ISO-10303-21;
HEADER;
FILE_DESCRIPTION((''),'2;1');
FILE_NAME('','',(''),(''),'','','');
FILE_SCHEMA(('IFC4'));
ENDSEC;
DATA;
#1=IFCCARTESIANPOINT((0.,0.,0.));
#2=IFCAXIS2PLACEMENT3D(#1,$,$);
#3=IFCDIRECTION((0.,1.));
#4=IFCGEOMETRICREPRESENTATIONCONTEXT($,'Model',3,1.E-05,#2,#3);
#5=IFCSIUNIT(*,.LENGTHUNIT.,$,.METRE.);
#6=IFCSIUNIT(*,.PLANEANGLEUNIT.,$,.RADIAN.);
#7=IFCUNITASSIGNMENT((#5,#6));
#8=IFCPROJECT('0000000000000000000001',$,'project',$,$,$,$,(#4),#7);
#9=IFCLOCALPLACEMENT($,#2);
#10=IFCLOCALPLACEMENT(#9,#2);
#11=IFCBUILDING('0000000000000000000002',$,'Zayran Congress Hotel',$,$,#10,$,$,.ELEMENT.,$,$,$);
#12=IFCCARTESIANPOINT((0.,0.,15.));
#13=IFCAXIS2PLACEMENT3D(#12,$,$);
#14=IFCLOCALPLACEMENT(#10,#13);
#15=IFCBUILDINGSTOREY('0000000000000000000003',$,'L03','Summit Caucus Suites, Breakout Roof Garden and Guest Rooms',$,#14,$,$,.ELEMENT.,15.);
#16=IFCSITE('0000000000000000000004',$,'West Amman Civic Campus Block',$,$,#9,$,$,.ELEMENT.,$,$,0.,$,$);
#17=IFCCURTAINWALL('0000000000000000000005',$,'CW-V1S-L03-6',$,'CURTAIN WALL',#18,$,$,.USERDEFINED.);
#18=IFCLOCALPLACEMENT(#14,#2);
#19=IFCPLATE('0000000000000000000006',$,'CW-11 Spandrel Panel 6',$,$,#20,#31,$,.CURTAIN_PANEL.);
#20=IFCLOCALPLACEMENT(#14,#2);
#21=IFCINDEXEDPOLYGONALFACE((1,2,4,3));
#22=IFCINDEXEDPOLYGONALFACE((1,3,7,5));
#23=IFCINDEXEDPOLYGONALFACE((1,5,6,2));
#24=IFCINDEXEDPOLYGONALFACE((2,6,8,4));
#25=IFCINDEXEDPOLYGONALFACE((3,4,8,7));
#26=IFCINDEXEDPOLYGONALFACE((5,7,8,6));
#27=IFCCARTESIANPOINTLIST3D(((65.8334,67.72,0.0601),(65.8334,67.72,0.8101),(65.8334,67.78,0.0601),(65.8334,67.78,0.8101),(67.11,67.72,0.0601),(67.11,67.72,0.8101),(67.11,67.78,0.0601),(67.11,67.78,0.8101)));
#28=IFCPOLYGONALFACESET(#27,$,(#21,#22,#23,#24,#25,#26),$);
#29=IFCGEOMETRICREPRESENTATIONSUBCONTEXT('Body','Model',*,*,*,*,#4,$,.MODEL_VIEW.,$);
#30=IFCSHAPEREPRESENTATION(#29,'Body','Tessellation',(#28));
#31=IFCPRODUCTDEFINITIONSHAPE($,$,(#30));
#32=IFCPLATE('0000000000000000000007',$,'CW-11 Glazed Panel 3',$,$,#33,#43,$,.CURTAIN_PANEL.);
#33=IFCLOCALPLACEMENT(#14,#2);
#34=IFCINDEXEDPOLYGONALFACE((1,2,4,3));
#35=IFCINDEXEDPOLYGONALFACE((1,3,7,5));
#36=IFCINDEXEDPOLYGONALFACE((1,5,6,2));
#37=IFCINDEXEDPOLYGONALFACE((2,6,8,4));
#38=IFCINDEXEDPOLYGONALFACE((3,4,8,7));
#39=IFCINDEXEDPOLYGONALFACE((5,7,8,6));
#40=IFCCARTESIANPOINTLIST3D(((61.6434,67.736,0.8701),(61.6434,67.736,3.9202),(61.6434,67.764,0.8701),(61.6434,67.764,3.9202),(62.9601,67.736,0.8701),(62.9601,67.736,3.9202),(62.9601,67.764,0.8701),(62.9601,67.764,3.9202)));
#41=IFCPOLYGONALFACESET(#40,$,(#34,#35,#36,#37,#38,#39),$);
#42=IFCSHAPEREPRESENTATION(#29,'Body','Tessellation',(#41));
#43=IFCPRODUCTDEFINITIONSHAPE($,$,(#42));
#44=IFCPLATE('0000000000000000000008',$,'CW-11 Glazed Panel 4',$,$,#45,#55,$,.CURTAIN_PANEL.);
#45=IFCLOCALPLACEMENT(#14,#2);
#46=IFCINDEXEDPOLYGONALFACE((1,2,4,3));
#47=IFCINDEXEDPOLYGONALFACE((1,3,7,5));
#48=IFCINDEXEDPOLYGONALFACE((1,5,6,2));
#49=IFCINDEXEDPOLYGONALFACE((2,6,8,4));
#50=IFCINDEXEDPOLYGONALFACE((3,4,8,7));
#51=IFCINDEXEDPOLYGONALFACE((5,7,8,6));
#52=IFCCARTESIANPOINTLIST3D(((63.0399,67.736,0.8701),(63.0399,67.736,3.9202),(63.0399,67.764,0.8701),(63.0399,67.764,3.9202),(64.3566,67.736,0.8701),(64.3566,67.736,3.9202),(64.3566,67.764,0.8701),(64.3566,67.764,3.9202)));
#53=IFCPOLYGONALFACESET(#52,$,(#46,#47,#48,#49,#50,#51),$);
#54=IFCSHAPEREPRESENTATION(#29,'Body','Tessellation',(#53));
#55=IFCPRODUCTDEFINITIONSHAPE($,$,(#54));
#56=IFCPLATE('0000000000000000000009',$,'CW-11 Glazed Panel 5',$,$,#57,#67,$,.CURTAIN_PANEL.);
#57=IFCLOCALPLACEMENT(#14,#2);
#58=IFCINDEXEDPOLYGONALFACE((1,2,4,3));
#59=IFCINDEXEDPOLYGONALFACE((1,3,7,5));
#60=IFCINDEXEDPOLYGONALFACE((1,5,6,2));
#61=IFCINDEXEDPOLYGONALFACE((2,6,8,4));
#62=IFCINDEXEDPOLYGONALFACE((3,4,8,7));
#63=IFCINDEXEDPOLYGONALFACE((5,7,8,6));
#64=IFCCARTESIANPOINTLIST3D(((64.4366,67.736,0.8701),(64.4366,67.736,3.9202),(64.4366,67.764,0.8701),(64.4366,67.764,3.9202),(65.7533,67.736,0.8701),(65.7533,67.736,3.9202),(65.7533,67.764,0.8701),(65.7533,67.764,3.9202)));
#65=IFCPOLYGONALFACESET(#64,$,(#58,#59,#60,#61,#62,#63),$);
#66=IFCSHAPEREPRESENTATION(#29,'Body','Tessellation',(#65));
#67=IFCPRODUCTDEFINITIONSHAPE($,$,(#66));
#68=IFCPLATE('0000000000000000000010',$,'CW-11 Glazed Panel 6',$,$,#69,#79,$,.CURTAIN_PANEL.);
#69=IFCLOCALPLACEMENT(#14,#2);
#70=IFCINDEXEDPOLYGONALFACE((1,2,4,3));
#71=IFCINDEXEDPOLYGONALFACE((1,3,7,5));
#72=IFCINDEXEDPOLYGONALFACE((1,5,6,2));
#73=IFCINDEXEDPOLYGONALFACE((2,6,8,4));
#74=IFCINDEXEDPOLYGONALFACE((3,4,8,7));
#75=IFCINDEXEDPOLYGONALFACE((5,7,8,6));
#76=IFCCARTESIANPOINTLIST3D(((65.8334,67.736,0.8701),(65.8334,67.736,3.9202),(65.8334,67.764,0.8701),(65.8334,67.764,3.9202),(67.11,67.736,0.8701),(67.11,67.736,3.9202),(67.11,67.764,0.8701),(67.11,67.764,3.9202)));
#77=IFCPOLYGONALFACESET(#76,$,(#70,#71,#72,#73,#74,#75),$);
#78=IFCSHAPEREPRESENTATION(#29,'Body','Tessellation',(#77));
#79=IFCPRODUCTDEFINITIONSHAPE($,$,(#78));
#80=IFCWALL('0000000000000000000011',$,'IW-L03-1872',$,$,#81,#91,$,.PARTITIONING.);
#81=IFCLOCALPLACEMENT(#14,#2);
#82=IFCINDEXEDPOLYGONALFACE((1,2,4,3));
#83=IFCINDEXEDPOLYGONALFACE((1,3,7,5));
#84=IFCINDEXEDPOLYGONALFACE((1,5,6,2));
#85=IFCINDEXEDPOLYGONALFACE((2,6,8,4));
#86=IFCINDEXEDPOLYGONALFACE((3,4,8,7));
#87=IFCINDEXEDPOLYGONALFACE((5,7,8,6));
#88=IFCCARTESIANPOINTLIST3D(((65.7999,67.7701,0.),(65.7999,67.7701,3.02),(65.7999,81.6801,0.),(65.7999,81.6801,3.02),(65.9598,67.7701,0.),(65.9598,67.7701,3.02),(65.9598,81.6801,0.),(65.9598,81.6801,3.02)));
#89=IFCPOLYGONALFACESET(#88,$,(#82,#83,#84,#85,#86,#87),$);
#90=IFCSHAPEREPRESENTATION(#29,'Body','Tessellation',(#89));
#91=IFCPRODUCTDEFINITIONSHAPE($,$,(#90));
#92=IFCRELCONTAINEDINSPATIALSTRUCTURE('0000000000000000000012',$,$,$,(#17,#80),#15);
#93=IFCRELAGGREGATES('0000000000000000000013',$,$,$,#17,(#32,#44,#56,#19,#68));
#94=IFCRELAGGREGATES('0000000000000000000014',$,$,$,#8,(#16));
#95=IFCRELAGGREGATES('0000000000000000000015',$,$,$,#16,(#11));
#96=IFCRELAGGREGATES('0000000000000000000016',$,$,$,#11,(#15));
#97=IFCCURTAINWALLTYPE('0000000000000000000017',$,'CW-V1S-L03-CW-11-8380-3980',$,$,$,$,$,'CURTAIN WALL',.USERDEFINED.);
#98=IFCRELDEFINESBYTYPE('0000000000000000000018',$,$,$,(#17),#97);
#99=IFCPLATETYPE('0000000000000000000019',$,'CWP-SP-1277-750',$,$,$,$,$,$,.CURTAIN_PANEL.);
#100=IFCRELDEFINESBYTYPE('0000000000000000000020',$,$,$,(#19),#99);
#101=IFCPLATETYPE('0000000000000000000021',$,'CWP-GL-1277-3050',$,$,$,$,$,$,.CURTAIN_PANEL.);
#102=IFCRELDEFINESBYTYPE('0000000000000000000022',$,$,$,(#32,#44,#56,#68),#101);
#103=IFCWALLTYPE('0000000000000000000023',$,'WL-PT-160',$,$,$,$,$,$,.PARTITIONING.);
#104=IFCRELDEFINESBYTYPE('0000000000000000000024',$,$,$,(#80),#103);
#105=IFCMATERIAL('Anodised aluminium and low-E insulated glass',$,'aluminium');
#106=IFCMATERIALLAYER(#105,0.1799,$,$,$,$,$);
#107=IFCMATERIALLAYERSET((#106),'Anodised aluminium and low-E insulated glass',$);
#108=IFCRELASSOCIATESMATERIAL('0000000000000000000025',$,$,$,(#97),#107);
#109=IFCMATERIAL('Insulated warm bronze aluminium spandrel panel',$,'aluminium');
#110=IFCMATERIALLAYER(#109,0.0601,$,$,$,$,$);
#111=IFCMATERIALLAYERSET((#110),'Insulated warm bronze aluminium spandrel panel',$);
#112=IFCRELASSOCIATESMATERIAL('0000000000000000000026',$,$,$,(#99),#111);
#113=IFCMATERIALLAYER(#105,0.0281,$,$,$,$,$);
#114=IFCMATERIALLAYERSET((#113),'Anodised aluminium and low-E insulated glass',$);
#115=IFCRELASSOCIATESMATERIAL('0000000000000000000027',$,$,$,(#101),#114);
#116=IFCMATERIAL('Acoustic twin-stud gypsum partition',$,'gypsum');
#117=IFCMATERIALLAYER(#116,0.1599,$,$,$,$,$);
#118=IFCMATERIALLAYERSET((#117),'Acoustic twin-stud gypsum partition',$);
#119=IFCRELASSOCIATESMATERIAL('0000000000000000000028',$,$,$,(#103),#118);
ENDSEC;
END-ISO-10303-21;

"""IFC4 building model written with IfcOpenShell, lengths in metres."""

from ifc_helpers import new_model, si_unit, direction, frame, frame_2d, origin, origin_2d, place, context, subcontext, project, spatial, rectangle, extrude, material, layer, layer_set, type_object, element, aggregate, save


model = new_model("IFC4")

# Units and contexts
model_context = context("Model", 3, precision=1e-05, world=origin(), true_north=direction((0.0, 1.0)))
body_context = subcontext(model_context, "Body", "Model", "MODEL_VIEW")
ifc_project = project(units=[si_unit("LENGTHUNIT", "METRE"), si_unit("PLANEANGLEUNIT", "RADIAN")], contexts=[model_context])

# Site, building, storey
site_placement = place(None, origin())
site = spatial("IfcSite", under=ifc_project, at=site_placement, Name="West Amman Civic Campus Block", CompositionType="ELEMENT", RefElevation=0.0)
building_placement = place(site_placement, origin())
building = spatial("IfcBuilding", under=site, at=building_placement, Name="Zayran Congress Hotel", CompositionType="ELEMENT")
storey_placement = place(building_placement, frame((0.0, 0.0, 15.0)))
storey = spatial("IfcBuildingStorey", under=building, at=storey_placement, Name="L03", Description="Summit Caucus Suites, Breakout Roof Garden and Guest Rooms", CompositionType="ELEMENT", Elevation=15.0)

# Curtain wall, plates
ifc_material_1 = material(Name="Anodised aluminium and low-E insulated glass", Category="aluminium")
ifc_layer_1 = layer(ifc_material_1, 0.1799)
ifc_layer_set_1 = layer_set([ifc_layer_1], Name="Anodised aluminium and low-E insulated glass")
curtain_wall_type = type_object("IfcCurtainWallType", Name="CW-V1S-L03-CW-11-8380-3980", ElementType="CURTAIN WALL", PredefinedType="USERDEFINED", material=ifc_layer_set_1)
curtain_wall_placement = place(storey_placement, origin())
curtain_wall = element("IfcCurtainWall", 1, at=curtain_wall_placement, inside=storey, type_object=curtain_wall_type, Name="CW-V1S-L03-6", ObjectType="CURTAIN WALL", PredefinedType="USERDEFINED")
ifc_material_2 = material(Name="Insulated warm bronze aluminium spandrel panel", Category="aluminium")
ifc_layer_2 = layer(ifc_material_2, 0.0601)
ifc_layer_set_2 = layer_set([ifc_layer_2], Name="Insulated warm bronze aluminium spandrel panel")
plate_type_1 = type_object("IfcPlateType", Name="CWP-SP-1277-750", PredefinedType="CURTAIN_PANEL", material=ifc_layer_set_2)
plate_1_placement = place(storey_placement, frame((66.4717, 67.75, 0.0601), z_axis=(0.0, 0.0, 1.0), x_axis=(1.0, 0.0, 0.0)))
plate_1 = element("IfcPlate", 2, at=plate_1_placement, type_object=plate_type_1, Name="CW-11 Spandrel Panel 6", PredefinedType="CURTAIN_PANEL", context=body_context, shape_type="SweptSolid", body=[
    extrude(rectangle(XDim=1.2766, YDim=0.0601, at=origin_2d()), origin(), (0.0, 0.0, 1.0), 0.75),
])
ifc_layer_3 = layer(ifc_material_1, 0.0281)
ifc_layer_set_3 = layer_set([ifc_layer_3], Name="Anodised aluminium and low-E insulated glass")
plate_type_2 = type_object("IfcPlateType", Name="CWP-GL-1277-3050", PredefinedType="CURTAIN_PANEL", material=ifc_layer_set_3)
plate_2_placement = place(storey_placement, frame((62.3018, 67.75, 0.8701), z_axis=(0.0, 0.0, 1.0), x_axis=(1.0, 0.0, 0.0)))
plate_2 = element("IfcPlate", 3, at=plate_2_placement, type_object=plate_type_2, Name="CW-11 Glazed Panel 3", PredefinedType="CURTAIN_PANEL", context=body_context, shape_type="SweptSolid", body=[
    extrude(rectangle(XDim=1.3167, YDim=0.0281, at=origin_2d()), origin(), (0.0, 0.0, 1.0), 3.05),
])
plate_3_placement = place(storey_placement, frame((63.6982, 67.75, 0.8701), z_axis=(0.0, 0.0, 1.0), x_axis=(1.0, 0.0, 0.0)))
plate_3 = element("IfcPlate", 4, at=plate_3_placement, type_object=plate_type_2, Name="CW-11 Glazed Panel 4", PredefinedType="CURTAIN_PANEL", context=body_context, shape_type="SweptSolid", body=[
    extrude(rectangle(XDim=1.3167, YDim=0.0281, at=origin_2d()), origin(), (0.0, 0.0, 1.0), 3.05),
])
plate_4_placement = place(storey_placement, frame((65.095, 67.75, 0.8701), z_axis=(0.0, 0.0, 1.0), x_axis=(1.0, 0.0, 0.0)))
plate_4 = element("IfcPlate", 5, at=plate_4_placement, type_object=plate_type_2, Name="CW-11 Glazed Panel 5", PredefinedType="CURTAIN_PANEL", context=body_context, shape_type="SweptSolid", body=[
    extrude(rectangle(XDim=1.3167, YDim=0.0281, at=origin_2d()), origin(), (0.0, 0.0, 1.0), 3.05),
])
plate_5_placement = place(storey_placement, frame((66.4717, 67.75, 0.8701), z_axis=(0.0, 0.0, 1.0), x_axis=(1.0, 0.0, 0.0)))
plate_5 = element("IfcPlate", 6, at=plate_5_placement, type_object=plate_type_2, Name="CW-11 Glazed Panel 6", PredefinedType="CURTAIN_PANEL", context=body_context, shape_type="SweptSolid", body=[
    extrude(rectangle(XDim=1.2766, YDim=0.0281, at=origin_2d()), origin(), (0.0, 0.0, 1.0), 3.05),
])
aggregate(curtain_wall, [plate_2, plate_3, plate_4, plate_1, plate_5])

# Wall
ifc_material_3 = material(Name="Acoustic twin-stud gypsum partition", Category="gypsum")
ifc_layer_4 = layer(ifc_material_3, 0.1599)
ifc_layer_set_4 = layer_set([ifc_layer_4], Name="Acoustic twin-stud gypsum partition")
wall_type = type_object("IfcWallType", Name="WL-PT-160", PredefinedType="PARTITIONING", material=ifc_layer_set_4)
wall_placement = place(storey_placement, frame((65.8799, 67.77, 0.0), z_axis=(0.0, 0.0, 1.0), x_axis=(0.0, 1.0, 0.0)))
element("IfcWall", 7, at=wall_placement, inside=storey, type_object=wall_type, Name="IW-L03-1872", PredefinedType="PARTITIONING", context=body_context, shape_type="SweptSolid", body=[
    extrude(rectangle(XDim=13.9099, YDim=0.1599, at=frame_2d((6.9551, 0.0))), origin(), (0.0, 0.0, 1.0), 3.02),
])

save(model, "model.ifc")
